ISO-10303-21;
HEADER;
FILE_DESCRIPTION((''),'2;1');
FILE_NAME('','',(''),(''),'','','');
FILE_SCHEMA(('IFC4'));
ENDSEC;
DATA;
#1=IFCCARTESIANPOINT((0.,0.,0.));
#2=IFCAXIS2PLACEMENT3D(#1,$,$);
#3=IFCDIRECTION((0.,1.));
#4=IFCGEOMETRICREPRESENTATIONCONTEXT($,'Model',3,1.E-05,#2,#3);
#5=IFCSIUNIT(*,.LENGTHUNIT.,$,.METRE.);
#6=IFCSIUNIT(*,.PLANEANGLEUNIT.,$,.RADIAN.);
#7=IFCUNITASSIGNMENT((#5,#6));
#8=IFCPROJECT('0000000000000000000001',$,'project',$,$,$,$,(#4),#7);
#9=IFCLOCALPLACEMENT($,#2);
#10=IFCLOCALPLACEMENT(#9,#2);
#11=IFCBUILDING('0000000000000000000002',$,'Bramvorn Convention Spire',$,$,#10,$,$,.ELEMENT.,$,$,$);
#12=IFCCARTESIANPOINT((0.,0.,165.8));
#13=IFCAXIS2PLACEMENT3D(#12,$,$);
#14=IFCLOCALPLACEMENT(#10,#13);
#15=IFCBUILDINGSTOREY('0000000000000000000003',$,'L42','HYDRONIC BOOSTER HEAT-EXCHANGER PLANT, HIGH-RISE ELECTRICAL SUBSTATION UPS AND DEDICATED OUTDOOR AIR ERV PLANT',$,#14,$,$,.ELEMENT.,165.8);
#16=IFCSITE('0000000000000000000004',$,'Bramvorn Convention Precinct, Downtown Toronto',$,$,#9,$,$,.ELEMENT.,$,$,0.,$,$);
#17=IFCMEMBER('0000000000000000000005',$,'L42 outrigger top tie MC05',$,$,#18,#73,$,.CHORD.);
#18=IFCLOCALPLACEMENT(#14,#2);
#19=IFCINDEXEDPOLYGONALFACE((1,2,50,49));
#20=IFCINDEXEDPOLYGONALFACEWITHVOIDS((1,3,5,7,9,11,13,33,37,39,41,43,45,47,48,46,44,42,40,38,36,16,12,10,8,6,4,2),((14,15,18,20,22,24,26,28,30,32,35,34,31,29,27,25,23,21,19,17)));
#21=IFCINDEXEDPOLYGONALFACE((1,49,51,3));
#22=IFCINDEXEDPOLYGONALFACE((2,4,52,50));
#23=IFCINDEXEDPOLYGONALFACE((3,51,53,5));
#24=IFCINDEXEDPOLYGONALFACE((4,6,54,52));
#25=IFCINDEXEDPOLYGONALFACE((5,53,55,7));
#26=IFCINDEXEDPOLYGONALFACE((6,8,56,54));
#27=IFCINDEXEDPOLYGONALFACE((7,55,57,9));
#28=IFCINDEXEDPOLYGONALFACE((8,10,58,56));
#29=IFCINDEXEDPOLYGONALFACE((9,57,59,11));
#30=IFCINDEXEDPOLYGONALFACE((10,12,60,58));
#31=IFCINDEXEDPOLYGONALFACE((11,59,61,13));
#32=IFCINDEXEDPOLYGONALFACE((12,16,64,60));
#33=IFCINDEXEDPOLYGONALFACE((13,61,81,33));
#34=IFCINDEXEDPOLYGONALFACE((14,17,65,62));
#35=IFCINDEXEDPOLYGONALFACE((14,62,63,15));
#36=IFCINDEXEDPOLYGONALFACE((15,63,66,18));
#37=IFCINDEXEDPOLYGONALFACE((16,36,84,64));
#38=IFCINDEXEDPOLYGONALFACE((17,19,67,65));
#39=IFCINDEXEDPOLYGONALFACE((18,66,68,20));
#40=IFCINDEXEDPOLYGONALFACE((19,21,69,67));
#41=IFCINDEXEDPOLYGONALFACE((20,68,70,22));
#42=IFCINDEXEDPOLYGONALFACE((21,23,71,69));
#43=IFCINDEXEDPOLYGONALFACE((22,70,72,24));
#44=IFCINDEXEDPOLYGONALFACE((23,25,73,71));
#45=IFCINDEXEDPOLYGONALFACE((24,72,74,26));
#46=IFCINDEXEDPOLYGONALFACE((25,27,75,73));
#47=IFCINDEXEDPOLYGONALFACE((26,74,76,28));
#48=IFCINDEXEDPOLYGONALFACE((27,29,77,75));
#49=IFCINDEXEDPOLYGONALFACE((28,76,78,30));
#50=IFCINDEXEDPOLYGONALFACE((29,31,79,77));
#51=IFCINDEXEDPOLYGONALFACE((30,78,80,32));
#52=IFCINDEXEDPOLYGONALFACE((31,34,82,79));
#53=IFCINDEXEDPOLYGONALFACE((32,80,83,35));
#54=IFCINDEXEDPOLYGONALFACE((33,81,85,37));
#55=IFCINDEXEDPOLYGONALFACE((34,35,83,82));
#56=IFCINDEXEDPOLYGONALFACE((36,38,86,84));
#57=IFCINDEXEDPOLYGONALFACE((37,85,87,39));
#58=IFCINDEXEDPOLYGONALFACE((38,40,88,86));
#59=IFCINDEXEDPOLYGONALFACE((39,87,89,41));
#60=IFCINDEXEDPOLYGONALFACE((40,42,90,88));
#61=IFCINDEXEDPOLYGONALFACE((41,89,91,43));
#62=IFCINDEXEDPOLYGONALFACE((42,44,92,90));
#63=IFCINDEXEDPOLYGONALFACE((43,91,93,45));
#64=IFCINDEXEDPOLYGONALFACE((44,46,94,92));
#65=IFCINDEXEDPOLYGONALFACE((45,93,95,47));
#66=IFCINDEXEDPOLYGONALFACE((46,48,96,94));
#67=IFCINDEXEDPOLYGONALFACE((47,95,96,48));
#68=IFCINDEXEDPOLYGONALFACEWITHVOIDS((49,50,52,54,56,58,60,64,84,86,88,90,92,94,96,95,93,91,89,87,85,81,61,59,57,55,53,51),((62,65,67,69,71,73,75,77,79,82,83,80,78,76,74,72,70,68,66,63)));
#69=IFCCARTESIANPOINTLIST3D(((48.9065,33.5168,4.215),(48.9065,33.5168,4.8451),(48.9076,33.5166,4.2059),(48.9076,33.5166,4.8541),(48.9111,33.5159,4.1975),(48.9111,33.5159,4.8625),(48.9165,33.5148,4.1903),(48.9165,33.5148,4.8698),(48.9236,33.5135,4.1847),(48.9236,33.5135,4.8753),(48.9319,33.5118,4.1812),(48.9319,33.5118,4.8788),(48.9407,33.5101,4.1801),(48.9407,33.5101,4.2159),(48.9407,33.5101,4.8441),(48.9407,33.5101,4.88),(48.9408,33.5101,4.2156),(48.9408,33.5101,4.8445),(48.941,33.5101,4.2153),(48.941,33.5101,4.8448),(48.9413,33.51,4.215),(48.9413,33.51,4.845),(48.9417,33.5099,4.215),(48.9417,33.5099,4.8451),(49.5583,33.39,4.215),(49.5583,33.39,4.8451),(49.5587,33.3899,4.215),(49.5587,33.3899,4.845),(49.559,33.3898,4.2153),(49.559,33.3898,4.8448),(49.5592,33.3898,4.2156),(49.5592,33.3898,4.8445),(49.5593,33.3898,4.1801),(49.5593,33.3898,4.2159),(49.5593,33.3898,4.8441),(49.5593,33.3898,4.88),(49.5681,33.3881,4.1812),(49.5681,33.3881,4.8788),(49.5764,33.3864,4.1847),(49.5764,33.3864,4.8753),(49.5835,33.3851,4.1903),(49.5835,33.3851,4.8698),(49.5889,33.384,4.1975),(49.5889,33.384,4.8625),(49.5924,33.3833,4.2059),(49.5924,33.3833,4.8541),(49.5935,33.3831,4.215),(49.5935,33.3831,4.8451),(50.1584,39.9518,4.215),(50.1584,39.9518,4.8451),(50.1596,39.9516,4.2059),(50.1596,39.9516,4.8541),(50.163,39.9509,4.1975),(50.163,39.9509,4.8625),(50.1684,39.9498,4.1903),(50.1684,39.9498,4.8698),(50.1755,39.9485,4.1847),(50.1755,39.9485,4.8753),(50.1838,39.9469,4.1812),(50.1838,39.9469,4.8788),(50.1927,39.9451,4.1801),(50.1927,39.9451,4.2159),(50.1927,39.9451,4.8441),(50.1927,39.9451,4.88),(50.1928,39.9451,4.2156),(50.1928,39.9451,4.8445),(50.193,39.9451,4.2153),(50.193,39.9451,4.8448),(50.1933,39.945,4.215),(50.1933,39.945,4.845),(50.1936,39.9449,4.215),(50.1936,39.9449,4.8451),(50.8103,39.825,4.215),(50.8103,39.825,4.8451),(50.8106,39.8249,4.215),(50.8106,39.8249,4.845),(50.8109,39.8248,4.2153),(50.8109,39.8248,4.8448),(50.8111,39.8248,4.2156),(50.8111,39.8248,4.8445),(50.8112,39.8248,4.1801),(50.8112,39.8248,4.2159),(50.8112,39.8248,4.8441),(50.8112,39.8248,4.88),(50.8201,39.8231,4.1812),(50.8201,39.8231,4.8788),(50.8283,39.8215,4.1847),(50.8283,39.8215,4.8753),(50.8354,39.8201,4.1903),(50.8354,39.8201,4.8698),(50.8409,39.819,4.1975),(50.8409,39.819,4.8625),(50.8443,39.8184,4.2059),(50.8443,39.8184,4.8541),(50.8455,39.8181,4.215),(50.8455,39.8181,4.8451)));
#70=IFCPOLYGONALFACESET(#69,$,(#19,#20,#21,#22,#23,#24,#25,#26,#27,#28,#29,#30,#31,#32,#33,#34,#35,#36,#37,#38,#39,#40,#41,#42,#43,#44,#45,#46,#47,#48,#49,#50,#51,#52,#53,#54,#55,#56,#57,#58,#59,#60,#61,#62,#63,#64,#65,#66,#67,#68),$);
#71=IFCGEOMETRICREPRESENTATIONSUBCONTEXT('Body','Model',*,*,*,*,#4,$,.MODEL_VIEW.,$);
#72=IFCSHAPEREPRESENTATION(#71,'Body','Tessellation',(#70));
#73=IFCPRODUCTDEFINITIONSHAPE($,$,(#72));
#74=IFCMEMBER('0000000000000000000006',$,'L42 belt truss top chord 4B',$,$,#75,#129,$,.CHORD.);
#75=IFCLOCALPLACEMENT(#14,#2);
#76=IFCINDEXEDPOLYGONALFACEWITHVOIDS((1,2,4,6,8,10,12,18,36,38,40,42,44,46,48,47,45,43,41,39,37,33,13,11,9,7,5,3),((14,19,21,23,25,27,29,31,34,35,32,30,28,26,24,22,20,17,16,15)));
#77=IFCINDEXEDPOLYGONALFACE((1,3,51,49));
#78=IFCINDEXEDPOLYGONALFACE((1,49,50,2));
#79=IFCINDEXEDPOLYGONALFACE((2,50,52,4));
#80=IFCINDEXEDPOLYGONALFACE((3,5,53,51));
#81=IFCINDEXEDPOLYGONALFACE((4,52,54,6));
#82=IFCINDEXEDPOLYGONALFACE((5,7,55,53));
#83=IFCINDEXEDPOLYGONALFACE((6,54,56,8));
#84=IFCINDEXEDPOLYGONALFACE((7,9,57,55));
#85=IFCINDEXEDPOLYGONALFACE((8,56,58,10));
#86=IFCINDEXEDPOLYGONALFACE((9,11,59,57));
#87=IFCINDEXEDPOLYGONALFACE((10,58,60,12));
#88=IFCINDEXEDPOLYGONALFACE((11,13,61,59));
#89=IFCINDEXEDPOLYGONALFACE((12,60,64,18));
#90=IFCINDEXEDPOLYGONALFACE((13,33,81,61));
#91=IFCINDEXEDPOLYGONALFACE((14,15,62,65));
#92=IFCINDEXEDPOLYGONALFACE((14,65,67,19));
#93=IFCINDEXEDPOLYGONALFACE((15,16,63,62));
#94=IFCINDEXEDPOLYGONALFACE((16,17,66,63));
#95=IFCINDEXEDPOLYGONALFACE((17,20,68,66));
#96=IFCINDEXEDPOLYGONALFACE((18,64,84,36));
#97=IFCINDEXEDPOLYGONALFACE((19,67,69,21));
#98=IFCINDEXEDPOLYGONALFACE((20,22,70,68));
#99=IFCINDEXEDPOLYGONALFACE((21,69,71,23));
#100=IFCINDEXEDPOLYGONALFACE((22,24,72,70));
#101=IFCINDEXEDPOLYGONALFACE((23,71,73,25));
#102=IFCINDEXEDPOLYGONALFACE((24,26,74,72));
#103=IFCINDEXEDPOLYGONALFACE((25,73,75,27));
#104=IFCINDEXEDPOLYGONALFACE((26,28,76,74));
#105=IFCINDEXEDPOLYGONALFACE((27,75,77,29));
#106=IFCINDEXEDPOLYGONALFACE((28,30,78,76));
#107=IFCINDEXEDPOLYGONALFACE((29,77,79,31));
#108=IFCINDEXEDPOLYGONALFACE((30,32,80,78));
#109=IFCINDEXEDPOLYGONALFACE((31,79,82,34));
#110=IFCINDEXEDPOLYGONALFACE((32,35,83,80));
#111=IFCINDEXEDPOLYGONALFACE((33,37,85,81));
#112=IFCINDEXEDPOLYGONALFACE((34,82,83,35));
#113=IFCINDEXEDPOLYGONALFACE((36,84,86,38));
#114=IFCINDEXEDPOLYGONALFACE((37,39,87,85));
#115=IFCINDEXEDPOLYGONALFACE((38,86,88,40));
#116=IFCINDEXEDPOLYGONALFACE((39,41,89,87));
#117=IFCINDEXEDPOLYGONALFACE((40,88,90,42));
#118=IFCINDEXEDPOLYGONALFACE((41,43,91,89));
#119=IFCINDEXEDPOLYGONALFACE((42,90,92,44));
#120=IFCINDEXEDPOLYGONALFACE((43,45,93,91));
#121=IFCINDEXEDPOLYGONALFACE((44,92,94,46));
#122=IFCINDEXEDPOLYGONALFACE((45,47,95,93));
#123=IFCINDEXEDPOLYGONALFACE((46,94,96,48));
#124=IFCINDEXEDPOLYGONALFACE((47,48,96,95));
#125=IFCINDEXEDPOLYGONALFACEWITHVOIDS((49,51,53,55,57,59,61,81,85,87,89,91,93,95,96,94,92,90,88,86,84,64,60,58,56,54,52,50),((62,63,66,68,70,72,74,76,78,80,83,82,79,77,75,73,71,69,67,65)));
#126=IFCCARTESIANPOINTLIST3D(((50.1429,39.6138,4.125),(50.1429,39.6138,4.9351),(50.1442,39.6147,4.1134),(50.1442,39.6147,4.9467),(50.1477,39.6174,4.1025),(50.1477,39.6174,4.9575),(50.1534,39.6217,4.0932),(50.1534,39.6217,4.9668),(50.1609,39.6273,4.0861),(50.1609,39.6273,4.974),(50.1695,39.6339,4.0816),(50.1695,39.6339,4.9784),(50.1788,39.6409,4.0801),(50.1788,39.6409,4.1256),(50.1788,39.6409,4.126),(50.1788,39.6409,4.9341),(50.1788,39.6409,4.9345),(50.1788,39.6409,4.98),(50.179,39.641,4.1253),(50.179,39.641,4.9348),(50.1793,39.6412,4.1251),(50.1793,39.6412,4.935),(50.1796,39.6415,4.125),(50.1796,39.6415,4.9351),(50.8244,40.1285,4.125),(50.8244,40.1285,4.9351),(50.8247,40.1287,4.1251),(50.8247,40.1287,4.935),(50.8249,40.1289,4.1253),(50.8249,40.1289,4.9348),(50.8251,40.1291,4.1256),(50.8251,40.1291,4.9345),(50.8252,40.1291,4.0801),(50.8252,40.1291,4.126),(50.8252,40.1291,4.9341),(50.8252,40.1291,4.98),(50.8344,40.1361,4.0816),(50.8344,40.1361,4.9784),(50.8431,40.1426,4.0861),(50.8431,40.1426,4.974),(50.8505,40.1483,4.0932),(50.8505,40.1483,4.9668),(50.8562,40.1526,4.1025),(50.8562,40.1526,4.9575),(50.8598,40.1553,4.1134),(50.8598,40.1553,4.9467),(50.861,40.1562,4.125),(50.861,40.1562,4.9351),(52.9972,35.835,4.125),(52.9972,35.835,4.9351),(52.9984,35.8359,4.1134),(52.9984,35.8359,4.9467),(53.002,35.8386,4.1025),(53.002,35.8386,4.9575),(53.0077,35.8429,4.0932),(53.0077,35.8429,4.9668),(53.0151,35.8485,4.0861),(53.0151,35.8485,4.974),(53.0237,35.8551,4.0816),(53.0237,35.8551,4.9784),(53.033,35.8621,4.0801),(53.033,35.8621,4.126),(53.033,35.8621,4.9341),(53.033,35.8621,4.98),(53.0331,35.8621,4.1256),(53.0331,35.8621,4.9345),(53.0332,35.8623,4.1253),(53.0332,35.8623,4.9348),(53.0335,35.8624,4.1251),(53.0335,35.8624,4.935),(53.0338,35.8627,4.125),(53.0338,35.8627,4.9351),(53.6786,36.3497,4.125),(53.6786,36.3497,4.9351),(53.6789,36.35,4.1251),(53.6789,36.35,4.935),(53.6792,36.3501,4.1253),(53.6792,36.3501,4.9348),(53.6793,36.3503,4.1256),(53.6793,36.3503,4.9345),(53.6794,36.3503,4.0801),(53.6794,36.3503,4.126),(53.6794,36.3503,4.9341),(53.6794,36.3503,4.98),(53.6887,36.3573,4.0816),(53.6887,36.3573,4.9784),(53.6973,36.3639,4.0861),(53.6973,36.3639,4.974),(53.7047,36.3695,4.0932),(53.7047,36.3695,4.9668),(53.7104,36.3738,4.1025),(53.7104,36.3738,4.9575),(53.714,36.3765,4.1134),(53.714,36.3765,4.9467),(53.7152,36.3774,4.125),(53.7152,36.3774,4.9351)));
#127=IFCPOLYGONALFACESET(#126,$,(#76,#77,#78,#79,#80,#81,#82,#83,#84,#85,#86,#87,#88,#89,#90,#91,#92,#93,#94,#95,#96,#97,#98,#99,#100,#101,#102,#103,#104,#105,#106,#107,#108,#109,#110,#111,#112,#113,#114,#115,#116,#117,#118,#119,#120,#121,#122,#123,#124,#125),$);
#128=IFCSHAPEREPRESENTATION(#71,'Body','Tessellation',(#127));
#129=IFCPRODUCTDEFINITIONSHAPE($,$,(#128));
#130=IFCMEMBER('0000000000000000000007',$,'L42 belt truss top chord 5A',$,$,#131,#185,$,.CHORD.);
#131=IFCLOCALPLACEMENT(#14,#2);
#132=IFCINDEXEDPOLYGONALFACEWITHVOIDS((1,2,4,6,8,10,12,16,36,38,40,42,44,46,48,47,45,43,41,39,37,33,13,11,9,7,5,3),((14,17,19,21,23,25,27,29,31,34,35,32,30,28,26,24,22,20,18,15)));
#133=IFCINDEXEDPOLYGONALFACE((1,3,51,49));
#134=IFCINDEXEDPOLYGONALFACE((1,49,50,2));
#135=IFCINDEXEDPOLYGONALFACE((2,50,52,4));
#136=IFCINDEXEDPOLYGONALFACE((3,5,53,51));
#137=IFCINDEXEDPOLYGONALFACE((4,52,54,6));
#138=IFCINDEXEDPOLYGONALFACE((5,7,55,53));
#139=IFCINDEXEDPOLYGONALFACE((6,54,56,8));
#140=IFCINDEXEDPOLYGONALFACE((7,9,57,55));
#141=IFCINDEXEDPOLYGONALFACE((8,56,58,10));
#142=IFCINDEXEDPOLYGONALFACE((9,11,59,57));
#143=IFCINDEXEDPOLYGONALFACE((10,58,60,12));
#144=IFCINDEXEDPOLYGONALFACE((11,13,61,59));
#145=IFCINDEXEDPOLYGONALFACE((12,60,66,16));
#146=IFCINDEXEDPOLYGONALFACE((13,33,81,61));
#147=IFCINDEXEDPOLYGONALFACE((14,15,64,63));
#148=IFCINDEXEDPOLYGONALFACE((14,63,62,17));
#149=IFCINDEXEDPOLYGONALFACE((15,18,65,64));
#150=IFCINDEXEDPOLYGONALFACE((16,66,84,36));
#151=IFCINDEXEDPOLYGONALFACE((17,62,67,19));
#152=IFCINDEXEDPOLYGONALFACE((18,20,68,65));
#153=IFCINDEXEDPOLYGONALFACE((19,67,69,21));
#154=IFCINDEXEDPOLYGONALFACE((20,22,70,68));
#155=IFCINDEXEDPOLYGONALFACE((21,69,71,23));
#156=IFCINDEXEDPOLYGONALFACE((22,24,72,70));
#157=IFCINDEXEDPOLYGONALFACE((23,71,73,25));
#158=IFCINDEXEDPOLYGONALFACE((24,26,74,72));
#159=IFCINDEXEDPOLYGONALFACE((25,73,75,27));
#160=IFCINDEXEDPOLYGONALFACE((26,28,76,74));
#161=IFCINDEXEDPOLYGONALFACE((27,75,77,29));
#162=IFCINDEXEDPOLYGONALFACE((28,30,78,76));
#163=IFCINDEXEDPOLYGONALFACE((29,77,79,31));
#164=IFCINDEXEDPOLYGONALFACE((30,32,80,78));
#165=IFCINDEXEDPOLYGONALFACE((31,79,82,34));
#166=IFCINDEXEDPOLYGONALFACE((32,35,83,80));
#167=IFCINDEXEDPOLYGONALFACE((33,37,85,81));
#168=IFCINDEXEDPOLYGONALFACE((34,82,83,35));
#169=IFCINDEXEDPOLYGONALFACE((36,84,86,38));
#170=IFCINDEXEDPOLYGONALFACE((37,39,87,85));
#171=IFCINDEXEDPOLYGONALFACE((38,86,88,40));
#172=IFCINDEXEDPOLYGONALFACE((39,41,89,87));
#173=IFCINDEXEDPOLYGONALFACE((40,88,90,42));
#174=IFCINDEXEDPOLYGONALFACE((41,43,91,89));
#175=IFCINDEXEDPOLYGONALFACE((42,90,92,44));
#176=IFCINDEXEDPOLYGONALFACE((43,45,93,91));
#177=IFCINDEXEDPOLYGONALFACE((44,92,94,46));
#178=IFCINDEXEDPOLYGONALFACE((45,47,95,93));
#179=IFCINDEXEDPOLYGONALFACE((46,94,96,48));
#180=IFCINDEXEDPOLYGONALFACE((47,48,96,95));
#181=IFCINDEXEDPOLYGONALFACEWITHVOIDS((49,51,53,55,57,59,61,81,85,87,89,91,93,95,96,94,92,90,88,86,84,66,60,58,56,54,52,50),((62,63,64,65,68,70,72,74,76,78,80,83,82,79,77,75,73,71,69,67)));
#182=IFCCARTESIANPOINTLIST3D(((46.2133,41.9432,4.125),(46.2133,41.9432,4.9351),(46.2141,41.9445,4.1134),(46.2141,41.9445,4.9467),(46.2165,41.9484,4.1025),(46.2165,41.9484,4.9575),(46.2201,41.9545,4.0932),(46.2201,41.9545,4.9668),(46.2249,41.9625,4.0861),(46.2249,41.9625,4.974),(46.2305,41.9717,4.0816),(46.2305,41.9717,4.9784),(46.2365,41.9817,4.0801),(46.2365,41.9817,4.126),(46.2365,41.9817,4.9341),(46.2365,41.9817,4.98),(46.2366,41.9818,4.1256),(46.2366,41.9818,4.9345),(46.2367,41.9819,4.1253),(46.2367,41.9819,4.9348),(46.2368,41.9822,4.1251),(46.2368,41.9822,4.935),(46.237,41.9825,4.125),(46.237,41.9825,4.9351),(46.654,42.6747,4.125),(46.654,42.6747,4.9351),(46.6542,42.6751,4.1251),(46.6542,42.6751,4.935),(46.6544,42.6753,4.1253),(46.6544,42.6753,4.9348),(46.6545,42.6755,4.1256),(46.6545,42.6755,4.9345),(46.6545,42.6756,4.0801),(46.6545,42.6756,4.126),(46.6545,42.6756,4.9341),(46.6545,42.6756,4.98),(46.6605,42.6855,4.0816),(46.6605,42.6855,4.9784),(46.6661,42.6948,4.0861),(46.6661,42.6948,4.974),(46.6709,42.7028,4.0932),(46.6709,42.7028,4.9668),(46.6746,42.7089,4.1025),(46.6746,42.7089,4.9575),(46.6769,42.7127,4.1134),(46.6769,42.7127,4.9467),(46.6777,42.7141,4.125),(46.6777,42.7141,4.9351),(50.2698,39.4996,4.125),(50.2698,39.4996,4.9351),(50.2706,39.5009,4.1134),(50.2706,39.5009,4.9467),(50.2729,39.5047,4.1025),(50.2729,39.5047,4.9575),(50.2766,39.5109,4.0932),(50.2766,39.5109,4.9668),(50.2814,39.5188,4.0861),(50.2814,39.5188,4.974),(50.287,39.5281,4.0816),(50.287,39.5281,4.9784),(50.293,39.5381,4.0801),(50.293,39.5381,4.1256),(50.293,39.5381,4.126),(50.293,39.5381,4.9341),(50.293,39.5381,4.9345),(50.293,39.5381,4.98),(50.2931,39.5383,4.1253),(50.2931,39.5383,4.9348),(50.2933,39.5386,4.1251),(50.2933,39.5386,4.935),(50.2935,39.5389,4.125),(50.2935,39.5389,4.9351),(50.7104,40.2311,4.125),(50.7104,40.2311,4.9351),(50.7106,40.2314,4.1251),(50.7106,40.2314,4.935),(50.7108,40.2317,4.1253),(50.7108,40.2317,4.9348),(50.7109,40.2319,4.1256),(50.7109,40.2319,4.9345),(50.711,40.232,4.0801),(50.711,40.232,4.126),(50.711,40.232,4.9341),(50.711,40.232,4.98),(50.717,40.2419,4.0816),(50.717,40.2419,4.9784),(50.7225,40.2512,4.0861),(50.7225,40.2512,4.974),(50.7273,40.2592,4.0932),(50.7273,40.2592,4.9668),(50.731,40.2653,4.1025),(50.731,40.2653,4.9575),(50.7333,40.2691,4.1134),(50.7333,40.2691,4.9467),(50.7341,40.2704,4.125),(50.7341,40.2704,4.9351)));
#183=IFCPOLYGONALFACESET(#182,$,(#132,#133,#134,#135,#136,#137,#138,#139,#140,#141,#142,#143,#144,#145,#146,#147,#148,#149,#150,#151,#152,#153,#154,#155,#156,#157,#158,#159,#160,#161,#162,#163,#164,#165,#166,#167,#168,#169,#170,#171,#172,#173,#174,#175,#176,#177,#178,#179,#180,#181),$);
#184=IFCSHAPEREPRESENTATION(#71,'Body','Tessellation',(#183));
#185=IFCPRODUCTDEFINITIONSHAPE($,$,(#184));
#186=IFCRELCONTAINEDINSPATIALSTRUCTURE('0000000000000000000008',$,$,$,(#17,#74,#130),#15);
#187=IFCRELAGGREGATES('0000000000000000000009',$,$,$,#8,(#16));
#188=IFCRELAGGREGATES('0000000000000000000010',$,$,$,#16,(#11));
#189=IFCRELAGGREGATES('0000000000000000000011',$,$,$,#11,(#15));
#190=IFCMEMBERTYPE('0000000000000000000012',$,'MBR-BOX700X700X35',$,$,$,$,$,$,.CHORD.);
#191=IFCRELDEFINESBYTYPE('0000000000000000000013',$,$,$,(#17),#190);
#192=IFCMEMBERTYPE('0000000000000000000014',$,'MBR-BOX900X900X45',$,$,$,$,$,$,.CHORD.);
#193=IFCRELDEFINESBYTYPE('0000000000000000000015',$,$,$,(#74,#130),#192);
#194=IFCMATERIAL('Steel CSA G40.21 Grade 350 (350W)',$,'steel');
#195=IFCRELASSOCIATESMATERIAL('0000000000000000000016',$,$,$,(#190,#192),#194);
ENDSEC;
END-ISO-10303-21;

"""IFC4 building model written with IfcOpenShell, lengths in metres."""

from ifc_helpers import new_model, si_unit, direction, frame, origin, origin_2d, place, context, subcontext, project, spatial, hollow_rectangle, extrude, material, material_profile, profile_set, type_object, element, save


model = new_model("IFC4")

# Units and contexts
model_context = context("Model", 3, precision=1e-05, world=origin(), true_north=direction((0.0, 1.0)))
body_context = subcontext(model_context, "Body", "Model", "MODEL_VIEW")
ifc_project = project(units=[si_unit("LENGTHUNIT", "METRE"), si_unit("PLANEANGLEUNIT", "RADIAN")], contexts=[model_context])

# Site, building, storey
site_placement = place(None, origin())
site = spatial("IfcSite", under=ifc_project, at=site_placement, Name="Bramvorn Convention Precinct, Downtown Toronto", CompositionType="ELEMENT", RefElevation=0.0)
building_placement = place(site_placement, origin())
building = spatial("IfcBuilding", under=site, at=building_placement, Name="Bramvorn Convention Spire", CompositionType="ELEMENT")
storey_placement = place(building_placement, frame((0.0, 0.0, 165.8)))
storey = spatial("IfcBuildingStorey", under=building, at=storey_placement, Name="L42", Description="HYDRONIC BOOSTER HEAT-EXCHANGER PLANT, HIGH-RISE ELECTRICAL SUBSTATION UPS AND DEDICATED OUTDOOR AIR ERV PLANT", CompositionType="ELEMENT", Elevation=165.8)

# Shared definitions
ifc_material_1 = material(Name="Steel CSA G40.21 Grade 350 (350W)", Category="steel")

# Members
ifc_material_profile_1 = material_profile(ifc_material_1, hollow_rectangle(XDim=0.7, YDim=0.7, WallThickness=0.0349, InnerFilletRadius=0.001, OuterFilletRadius=0.0349, at=origin_2d()))
ifc_profile_set_1 = profile_set([ifc_material_profile_1], Name="Steel CSA G40.21 Grade 350 (350W) - BOX700X700X35")
member_type_1 = type_object("IfcMemberType", Name="MBR-BOX700X700X35", PredefinedType="CHORD", material=ifc_profile_set_1)
member_1_placement = place(storey_placement, frame((49.25, 33.45, 4.53), z_axis=(0.190971, 0.981596, 0.0), x_axis=(-0.981596, 0.190971, 0.0)))
element("IfcMember", 1, at=member_1_placement, inside=storey, type_object=member_type_1, Name="L42 outrigger top tie MC05", PredefinedType="CHORD", context=body_context, shape_type="SweptSolid", body=[
    extrude(hollow_rectangle(XDim=0.7, YDim=0.7, WallThickness=0.0349, InnerFilletRadius=0.001, OuterFilletRadius=0.0349, at=origin_2d()), origin(), (0.0, 0.0, 1.0), 6.5557),
])
ifc_material_profile_2 = material_profile(ifc_material_1, hollow_rectangle(XDim=0.8999, YDim=0.8999, WallThickness=0.0449, InnerFilletRadius=0.001, OuterFilletRadius=0.0449, at=origin_2d()))
ifc_profile_set_2 = profile_set([ifc_material_profile_2], Name="Steel CSA G40.21 Grade 350 (350W) - BOX900X900X45")
member_type_2 = type_object("IfcMemberType", Name="MBR-BOX900X900X45", PredefinedType="CHORD", material=ifc_profile_set_2)
for number, where, z_axis, x_axis, name in (
    (2, (53.3562, 36.1062, 4.53), (-0.602719, 0.797954, 0.0), (-0.797954, -0.602719, 0.0), "L42 belt truss top chord 4B"),
    (3, (50.502, 39.885, 4.53), (-0.856582, 0.516011, 0.0), (-0.516011, -0.856582, 0.0), "L42 belt truss top chord 5A"),
):
    element("IfcMember", number, at=place(storey_placement, frame(where, z_axis=z_axis, x_axis=x_axis)), inside=storey, type_object=member_type_2, Name=name, PredefinedType="CHORD", context=body_context, shape_type="SweptSolid", body=[
        extrude(hollow_rectangle(XDim=0.8999, YDim=0.8999, WallThickness=0.0449, InnerFilletRadius=0.001, OuterFilletRadius=0.0449, at=origin_2d()), origin(), (0.0, 0.0, 1.0), 4.7356),
    ])

save(model, "model.ifc")
